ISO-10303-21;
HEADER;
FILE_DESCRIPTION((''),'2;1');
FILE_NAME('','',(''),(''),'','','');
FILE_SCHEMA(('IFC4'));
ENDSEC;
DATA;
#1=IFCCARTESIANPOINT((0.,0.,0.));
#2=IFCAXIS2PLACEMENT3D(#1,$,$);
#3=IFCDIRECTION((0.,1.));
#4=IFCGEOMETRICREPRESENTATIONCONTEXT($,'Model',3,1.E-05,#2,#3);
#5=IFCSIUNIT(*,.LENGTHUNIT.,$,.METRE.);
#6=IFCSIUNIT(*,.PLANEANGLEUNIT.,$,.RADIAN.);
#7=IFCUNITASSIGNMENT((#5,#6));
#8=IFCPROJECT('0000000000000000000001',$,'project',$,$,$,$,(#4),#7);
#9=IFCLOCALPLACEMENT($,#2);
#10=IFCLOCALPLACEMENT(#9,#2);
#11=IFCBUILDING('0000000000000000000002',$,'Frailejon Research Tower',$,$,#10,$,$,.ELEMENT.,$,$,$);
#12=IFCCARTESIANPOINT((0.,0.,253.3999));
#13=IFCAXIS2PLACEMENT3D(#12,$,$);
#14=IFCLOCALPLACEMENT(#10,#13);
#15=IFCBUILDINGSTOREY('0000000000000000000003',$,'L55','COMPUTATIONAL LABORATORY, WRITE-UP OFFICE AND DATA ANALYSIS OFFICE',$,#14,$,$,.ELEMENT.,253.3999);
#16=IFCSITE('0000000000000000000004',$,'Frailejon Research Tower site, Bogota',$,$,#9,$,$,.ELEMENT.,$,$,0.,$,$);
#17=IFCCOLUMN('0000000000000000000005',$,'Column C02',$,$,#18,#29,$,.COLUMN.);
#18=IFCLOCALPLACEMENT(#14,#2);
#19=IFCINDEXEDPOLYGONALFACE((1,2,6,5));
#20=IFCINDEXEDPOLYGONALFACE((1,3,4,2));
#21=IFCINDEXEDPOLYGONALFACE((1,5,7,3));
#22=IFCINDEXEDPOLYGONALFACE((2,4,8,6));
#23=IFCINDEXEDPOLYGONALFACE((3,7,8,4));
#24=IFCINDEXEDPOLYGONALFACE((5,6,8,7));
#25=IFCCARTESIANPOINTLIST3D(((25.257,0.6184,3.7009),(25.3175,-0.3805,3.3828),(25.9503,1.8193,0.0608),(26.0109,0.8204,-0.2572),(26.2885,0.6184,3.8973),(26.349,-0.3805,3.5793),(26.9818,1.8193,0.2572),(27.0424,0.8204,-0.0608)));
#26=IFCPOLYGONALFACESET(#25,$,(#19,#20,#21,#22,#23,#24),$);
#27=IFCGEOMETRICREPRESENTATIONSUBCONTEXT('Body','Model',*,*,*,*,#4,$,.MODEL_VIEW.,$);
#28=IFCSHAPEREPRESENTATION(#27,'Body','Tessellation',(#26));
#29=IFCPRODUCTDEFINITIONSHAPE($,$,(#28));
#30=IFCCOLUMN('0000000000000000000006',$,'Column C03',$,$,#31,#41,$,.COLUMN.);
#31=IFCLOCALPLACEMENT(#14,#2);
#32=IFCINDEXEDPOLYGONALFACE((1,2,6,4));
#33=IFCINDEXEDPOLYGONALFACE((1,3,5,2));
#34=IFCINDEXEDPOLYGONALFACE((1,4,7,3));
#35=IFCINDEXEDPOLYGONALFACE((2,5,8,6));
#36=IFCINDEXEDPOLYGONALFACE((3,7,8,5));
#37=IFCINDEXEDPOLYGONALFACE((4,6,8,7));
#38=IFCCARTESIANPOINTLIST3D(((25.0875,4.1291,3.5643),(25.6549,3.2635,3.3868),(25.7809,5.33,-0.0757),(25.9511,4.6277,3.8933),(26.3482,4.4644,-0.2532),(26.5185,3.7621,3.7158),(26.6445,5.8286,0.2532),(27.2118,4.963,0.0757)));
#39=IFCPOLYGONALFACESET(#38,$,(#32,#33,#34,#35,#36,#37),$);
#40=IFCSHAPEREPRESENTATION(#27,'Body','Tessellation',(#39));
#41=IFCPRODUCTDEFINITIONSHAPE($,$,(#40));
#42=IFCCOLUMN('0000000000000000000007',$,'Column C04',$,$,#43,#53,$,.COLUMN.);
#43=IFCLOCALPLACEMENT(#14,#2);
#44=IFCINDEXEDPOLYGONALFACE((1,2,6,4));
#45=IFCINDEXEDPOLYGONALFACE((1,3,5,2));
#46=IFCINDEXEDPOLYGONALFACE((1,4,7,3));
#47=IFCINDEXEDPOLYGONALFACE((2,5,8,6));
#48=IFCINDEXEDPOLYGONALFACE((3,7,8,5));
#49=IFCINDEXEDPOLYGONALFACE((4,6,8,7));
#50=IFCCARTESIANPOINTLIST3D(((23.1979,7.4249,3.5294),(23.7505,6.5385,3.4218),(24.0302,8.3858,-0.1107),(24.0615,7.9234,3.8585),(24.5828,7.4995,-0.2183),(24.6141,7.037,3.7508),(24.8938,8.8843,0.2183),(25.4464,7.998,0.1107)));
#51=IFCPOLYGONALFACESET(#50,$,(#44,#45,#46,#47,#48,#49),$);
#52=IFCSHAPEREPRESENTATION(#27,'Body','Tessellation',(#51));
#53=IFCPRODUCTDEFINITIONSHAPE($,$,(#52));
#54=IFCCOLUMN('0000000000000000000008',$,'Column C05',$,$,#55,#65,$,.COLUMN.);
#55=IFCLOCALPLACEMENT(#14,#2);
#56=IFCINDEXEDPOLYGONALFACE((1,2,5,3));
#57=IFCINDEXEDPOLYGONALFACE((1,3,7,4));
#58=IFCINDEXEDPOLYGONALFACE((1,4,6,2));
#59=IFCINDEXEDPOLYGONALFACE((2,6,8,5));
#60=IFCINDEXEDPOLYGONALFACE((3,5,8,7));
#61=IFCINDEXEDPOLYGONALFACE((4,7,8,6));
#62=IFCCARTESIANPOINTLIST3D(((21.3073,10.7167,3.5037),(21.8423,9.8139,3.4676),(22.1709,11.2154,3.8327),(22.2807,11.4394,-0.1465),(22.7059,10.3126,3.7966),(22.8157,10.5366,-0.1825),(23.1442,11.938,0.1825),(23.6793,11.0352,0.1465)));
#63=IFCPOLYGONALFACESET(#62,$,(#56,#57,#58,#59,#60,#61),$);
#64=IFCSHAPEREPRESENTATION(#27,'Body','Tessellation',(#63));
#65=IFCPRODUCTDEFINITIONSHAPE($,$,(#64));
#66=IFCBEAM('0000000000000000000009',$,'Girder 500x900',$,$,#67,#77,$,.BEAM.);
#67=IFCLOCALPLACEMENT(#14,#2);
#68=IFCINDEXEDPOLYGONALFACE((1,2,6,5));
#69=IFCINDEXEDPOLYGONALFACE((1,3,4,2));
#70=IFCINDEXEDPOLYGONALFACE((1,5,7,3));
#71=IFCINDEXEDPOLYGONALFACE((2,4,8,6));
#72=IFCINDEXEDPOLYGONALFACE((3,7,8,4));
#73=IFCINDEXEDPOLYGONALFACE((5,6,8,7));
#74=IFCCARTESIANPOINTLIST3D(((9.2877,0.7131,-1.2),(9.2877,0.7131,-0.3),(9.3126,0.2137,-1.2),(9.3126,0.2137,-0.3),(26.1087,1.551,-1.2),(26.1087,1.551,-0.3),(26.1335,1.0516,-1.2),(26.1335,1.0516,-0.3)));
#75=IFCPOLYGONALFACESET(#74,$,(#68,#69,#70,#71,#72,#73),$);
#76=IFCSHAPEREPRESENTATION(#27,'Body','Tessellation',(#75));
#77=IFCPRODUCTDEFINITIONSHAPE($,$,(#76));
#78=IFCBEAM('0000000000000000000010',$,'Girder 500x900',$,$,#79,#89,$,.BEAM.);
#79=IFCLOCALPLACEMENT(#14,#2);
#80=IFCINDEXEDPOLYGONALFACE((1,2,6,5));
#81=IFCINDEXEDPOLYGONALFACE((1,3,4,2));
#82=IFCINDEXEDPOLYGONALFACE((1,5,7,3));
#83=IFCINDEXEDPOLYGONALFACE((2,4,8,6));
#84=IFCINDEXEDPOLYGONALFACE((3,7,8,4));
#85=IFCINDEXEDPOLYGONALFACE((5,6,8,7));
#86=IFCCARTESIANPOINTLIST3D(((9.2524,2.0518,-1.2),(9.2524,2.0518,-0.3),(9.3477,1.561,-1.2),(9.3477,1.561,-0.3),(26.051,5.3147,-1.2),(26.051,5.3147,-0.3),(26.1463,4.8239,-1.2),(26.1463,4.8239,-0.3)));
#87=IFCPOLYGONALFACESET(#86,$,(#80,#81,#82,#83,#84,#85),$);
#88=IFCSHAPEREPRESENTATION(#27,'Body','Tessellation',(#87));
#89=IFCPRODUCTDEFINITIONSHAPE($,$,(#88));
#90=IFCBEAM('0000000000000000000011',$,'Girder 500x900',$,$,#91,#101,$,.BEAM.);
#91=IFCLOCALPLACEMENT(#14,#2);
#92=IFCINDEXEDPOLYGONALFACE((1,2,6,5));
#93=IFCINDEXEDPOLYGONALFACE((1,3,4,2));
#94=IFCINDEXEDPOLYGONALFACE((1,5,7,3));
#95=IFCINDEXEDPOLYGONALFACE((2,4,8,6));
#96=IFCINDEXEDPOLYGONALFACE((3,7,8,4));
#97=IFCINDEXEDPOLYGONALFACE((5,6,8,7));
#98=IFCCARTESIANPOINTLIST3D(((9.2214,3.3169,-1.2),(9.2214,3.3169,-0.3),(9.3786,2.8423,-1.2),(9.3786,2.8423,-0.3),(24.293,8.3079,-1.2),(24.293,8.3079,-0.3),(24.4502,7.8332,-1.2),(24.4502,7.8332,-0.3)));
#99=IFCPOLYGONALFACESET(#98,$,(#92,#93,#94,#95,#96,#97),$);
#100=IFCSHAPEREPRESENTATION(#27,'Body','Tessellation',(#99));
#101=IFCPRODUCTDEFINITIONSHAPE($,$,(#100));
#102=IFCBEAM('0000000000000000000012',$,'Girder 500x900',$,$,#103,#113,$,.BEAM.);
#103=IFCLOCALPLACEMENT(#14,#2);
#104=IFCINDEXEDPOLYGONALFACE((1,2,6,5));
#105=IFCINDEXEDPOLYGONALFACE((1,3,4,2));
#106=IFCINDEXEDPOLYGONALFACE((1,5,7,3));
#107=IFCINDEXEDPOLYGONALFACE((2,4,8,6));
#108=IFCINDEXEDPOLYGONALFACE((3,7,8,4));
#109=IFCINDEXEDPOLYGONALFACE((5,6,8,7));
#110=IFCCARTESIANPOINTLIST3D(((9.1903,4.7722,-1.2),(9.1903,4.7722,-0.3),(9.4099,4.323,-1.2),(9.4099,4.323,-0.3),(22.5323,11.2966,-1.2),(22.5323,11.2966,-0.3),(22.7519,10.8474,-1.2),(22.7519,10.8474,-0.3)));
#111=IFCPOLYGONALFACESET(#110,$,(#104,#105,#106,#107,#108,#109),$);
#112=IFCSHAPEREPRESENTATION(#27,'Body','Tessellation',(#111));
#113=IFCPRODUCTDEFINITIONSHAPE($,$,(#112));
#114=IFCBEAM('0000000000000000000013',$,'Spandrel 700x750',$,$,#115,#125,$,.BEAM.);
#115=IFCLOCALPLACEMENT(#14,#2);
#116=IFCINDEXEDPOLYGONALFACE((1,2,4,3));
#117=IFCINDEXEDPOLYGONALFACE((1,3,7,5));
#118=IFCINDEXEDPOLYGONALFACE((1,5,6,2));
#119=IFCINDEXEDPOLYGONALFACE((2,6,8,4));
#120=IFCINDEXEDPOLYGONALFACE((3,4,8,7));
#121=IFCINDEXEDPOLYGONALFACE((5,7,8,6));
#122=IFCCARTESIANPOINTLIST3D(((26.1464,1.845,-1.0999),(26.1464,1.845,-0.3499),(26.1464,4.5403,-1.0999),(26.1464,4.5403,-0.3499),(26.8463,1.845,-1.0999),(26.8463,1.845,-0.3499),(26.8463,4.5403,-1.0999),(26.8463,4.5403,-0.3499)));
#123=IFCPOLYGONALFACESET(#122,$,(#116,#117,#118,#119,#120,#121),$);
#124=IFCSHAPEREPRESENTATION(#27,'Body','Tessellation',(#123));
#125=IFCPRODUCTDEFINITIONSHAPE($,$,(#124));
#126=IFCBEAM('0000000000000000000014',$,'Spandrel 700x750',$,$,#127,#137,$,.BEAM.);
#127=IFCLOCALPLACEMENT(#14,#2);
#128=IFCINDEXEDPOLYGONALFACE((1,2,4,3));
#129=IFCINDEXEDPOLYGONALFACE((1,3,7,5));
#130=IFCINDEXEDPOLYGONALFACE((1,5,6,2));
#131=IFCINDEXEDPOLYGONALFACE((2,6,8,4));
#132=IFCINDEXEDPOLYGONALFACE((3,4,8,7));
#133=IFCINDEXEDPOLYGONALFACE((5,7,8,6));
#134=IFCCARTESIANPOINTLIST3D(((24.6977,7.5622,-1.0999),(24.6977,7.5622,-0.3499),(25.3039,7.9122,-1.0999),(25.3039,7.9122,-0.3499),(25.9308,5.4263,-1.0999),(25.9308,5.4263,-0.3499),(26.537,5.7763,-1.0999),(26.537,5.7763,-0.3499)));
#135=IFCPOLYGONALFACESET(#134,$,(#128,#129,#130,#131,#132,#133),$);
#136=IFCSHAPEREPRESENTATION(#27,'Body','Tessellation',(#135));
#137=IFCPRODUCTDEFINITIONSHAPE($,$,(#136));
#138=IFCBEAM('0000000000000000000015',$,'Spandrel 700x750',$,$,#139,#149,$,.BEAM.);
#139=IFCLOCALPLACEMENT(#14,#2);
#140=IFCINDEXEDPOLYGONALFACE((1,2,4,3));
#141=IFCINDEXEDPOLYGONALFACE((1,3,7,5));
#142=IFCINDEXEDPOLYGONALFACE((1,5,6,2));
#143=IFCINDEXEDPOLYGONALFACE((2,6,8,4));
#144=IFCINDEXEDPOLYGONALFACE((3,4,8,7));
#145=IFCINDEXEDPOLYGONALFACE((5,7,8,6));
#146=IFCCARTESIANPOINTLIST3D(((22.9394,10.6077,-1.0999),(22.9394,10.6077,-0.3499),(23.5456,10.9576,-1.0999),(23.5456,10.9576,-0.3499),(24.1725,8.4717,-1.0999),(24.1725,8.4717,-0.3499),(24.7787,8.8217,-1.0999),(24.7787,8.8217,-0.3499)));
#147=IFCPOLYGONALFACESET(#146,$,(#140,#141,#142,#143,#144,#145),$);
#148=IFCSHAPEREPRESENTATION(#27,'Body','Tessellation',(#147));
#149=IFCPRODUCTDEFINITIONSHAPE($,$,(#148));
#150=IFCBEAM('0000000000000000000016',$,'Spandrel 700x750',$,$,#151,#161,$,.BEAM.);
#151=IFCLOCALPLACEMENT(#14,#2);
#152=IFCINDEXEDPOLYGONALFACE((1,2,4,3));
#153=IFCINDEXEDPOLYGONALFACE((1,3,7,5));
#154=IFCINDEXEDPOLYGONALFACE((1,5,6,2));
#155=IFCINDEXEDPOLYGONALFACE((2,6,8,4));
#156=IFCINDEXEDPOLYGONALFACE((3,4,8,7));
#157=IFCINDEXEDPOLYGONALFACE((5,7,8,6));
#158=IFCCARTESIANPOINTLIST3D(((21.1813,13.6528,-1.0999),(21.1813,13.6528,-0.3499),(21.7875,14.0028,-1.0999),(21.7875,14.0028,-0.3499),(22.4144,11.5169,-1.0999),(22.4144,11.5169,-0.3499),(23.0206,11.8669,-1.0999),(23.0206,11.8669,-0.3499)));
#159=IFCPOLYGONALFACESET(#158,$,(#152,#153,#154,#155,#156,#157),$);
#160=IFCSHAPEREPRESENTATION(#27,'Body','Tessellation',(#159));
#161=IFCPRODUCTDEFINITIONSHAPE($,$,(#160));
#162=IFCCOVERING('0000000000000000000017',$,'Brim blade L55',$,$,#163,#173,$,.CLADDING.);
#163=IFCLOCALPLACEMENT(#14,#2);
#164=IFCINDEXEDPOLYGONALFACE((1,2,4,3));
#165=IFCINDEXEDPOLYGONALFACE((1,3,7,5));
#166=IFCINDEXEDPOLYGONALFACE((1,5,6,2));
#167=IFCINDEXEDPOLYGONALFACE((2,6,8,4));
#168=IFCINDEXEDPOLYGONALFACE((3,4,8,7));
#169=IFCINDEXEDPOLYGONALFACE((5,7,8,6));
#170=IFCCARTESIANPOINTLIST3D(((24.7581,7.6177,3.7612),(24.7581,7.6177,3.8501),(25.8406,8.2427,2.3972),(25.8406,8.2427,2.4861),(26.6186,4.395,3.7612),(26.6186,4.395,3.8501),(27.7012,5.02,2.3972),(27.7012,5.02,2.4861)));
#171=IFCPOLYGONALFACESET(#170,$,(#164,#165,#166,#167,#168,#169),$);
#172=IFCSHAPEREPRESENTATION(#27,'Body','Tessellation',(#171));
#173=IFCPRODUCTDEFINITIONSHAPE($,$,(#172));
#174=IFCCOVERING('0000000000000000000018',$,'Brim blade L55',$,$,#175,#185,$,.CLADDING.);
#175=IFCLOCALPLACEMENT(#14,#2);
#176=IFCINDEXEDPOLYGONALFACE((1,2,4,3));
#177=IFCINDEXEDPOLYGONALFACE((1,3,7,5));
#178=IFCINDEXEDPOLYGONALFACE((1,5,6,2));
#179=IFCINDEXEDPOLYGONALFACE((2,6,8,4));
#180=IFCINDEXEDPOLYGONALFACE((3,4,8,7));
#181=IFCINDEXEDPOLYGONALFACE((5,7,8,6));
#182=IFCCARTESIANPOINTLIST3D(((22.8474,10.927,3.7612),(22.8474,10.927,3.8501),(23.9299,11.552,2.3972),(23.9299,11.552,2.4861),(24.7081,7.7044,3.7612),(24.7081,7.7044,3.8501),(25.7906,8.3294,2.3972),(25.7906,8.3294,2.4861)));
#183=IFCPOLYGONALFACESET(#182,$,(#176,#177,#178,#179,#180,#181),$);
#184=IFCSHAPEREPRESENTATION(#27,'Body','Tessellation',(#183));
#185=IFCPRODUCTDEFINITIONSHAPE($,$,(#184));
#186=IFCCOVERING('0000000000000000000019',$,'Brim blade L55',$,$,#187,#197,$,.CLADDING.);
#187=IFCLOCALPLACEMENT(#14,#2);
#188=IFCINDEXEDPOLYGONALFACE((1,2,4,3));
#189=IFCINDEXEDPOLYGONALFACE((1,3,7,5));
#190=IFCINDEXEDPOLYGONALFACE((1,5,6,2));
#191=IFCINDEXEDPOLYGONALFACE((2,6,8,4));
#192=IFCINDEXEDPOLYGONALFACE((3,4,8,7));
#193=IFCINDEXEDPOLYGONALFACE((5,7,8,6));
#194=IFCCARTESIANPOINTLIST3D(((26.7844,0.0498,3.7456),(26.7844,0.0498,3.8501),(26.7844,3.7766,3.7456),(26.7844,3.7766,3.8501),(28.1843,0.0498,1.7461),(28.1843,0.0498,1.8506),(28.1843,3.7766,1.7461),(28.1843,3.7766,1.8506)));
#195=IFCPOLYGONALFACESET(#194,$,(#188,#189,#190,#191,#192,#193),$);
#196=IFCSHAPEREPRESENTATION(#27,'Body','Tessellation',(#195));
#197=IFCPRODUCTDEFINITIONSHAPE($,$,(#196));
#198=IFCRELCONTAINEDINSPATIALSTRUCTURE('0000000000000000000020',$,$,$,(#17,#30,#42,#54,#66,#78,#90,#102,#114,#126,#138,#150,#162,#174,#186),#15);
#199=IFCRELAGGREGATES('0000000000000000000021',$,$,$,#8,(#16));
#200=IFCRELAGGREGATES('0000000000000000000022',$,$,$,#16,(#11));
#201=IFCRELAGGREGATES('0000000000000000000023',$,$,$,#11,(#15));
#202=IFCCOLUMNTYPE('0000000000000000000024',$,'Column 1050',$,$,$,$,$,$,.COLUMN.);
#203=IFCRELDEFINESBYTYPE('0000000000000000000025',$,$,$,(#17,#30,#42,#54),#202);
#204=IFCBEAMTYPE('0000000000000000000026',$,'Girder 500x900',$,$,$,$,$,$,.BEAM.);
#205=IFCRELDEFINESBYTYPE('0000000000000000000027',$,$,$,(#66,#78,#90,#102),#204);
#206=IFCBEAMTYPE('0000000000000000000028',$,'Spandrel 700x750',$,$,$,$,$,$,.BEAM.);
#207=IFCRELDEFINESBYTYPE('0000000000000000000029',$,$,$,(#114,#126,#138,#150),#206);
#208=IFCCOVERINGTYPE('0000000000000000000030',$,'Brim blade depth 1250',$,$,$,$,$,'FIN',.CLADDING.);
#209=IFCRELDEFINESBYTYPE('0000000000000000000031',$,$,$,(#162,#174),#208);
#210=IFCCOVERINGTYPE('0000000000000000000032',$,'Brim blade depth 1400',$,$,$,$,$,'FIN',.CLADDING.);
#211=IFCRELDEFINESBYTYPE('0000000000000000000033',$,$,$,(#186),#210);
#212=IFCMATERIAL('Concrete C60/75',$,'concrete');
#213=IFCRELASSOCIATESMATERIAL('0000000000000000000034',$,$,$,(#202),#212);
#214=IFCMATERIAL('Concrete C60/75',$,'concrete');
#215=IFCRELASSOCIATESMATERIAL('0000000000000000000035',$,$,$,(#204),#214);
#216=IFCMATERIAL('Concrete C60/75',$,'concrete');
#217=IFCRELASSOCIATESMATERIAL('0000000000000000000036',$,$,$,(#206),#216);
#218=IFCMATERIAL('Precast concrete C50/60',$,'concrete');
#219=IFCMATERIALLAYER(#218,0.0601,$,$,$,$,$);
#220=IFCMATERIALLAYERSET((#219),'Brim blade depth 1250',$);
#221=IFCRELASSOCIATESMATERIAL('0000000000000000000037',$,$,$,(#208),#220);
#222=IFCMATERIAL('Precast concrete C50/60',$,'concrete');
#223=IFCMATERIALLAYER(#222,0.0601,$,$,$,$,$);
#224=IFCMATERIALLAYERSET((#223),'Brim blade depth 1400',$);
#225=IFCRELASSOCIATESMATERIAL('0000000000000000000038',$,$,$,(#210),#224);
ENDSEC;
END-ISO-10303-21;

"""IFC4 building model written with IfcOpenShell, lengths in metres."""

from ifc_helpers import new_model, si_unit, direction, frame, origin, origin_2d, place, context, subcontext, project, spatial, polyline, rectangle, outline, extrude, material, layer, layer_set, material_profile, profile_set, type_object, element, save


model = new_model("IFC4")

# Units and contexts
model_context = context("Model", 3, precision=1e-05, world=origin(), true_north=direction((0.0, 1.0)))
body_context = subcontext(model_context, "Body", "Model", "MODEL_VIEW")
ifc_project = project(units=[si_unit("LENGTHUNIT", "METRE"), si_unit("PLANEANGLEUNIT", "RADIAN")], contexts=[model_context])

# Site, building, storey
site_placement = place(None, origin())
site = spatial("IfcSite", under=ifc_project, at=site_placement, Name="Frailejon Research Tower site, Bogota", CompositionType="ELEMENT", RefElevation=0.0)
building_placement = place(site_placement, origin())
building = spatial("IfcBuilding", under=site, at=building_placement, Name="Frailejon Research Tower", CompositionType="ELEMENT")
storey_placement = place(building_placement, frame((0.0, 0.0, 253.3999)))
storey = spatial("IfcBuildingStorey", under=building, at=storey_placement, Name="L55", Description="COMPUTATIONAL LABORATORY, WRITE-UP OFFICE AND DATA ANALYSIS OFFICE", CompositionType="ELEMENT", Elevation=253.3999)

# Columns
ifc_material_1 = material(Name="Concrete C60/75", Category="concrete")
ifc_material_profile_1 = material_profile(ifc_material_1, rectangle(XDim=1.05, YDim=1.05, at=origin_2d()), Name="Column 1050")
ifc_profile_set_1 = profile_set([ifc_material_profile_1], Name="Concrete C60/75")
column_type = type_object("IfcColumnType", Name="Column 1050", PredefinedType="COLUMN", material=ifc_profile_set_1)
for number, where, z_axis, x_axis, name in (
    (1, (26.4963, 1.3198, 0.0), (-0.177998, -0.3083, 0.934488), (-0.057669, 0.951289, 0.302858), "Column C02"),
    (2, (26.4963, 5.1465, 0.0), (-0.177998, -0.3083, 0.934488), (-0.540297, 0.82432, 0.16904), "Column C03"),
):
    element("IfcColumn", number, at=place(storey_placement, frame(where, z_axis=z_axis, x_axis=x_axis)), inside=storey, type_object=column_type, Name=name, PredefinedType="COLUMN", context=body_context, shape_type="SweptSolid", body=[
        extrude(rectangle(XDim=1.05, YDim=1.05, at=origin_2d()), origin(), (0.0, 0.0, 1.0), 3.8953),
    ])
column_1_placement = place(storey_placement, frame((24.7383, 8.1919, 0.0), z_axis=(-0.215854, -0.249223, 0.944084), x_axis=(-0.526276, 0.844113, 0.102505)))
element("IfcColumn", 3, at=column_1_placement, inside=storey, type_object=column_type, Name="Column C04", PredefinedType="COLUMN", context=body_context, shape_type="SweptSolid", body=[
    extrude(rectangle(XDim=1.05, YDim=1.05, at=origin_2d()), origin(), (0.0, 0.0, 1.0), 3.8557),
])
column_2_placement = place(storey_placement, frame((22.98, 11.2373, 0.0), z_axis=(-0.253078, -0.187888, 0.949026), x_axis=(-0.509529, 0.859768, 0.03434)))
element("IfcColumn", 4, at=column_2_placement, inside=storey, type_object=column_type, Name="Column C05", PredefinedType="COLUMN", context=body_context, shape_type="SweptSolid", body=[
    extrude(rectangle(XDim=1.05, YDim=1.05, at=origin_2d()), origin(), (0.0, 0.0, 1.0), 3.8462),
])

# Beams
ifc_material_2 = material(Name="Concrete C60/75", Category="concrete")
ifc_material_profile_2 = material_profile(ifc_material_2, rectangle(XDim=0.5, YDim=0.8999, at=origin_2d()), Name="Girder 500x900")
ifc_profile_set_2 = profile_set([ifc_material_profile_2], Name="Concrete C60/75")
beam_type_1 = type_object("IfcBeamType", Name="Girder 500x900", PredefinedType="BEAM", material=ifc_profile_set_2)
beam_1_placement = place(storey_placement, frame((26.1211, 1.3013, -0.75), z_axis=(-0.998762, -0.04975, 0.0), x_axis=(0.04975, -0.998762, 0.0)))
element("IfcBeam", 5, at=beam_1_placement, inside=storey, type_object=beam_type_1, Name="Girder 500x900", PredefinedType="BEAM", context=body_context, shape_type="SweptSolid", body=[
    extrude(rectangle(XDim=0.5, YDim=0.8999, at=origin_2d()), origin(), (0.0, 0.0, 1.0), 16.8418),
])
beam_2_placement = place(storey_placement, frame((26.0986, 5.0693, -0.75), z_axis=(-0.981653, -0.190675, 0.0), x_axis=(0.190675, -0.981653, 0.0)))
element("IfcBeam", 6, at=beam_2_placement, inside=storey, type_object=beam_type_1, Name="Girder 500x900", PredefinedType="BEAM", context=body_context, shape_type="SweptSolid", body=[
    extrude(rectangle(XDim=0.5, YDim=0.8999, at=origin_2d()), origin(), (0.0, 0.0, 1.0), 17.1125),
])
beam_3_placement = place(storey_placement, frame((24.3716, 8.0706, -0.75), z_axis=(-0.949303, -0.314363, 0.0), x_axis=(0.314363, -0.949303, 0.0)))
element("IfcBeam", 7, at=beam_3_placement, inside=storey, type_object=beam_type_1, Name="Girder 500x900", PredefinedType="BEAM", context=body_context, shape_type="SweptSolid", body=[
    extrude(rectangle(XDim=0.5, YDim=0.8999, at=origin_2d()), origin(), (0.0, 0.0, 1.0), 15.8765),
])
beam_4_placement = place(storey_placement, frame((22.6421, 11.072, -0.75), z_axis=(-0.898341, -0.439299, 0.0), x_axis=(0.439299, -0.898341, 0.0)))
element("IfcBeam", 8, at=beam_4_placement, inside=storey, type_object=beam_type_1, Name="Girder 500x900", PredefinedType="BEAM", context=body_context, shape_type="SweptSolid", body=[
    extrude(rectangle(XDim=0.5, YDim=0.8999, at=origin_2d()), origin(), (0.0, 0.0, 1.0), 14.8518),
])
ifc_material_3 = material(Name="Concrete C60/75", Category="concrete")
ifc_material_profile_3 = material_profile(ifc_material_3, rectangle(XDim=0.7, YDim=0.75, at=origin_2d()), Name="Spandrel 700x750")
ifc_profile_set_3 = profile_set([ifc_material_profile_3], Name="Concrete C60/75")
beam_type_2 = type_object("IfcBeamType", Name="Spandrel 700x750", PredefinedType="BEAM", material=ifc_profile_set_3)
beam_5_placement = place(storey_placement, frame((26.4963, 1.845, -0.7249), z_axis=(0.0, 1.0, 0.0), x_axis=(-1.0, 0.0, 0.0)))
element("IfcBeam", 9, at=beam_5_placement, inside=storey, type_object=beam_type_2, Name="Spandrel 700x750", PredefinedType="BEAM", context=body_context, shape_type="SweptSolid", body=[
    extrude(rectangle(XDim=0.7, YDim=0.75, at=origin_2d()), origin(), (0.0, 0.0, 1.0), 2.6953),
])
for number, where, z_axis, x_axis, name in (
    (10, (26.2339, 5.6013, -0.7249), (-0.499982, 0.866036, 0.0), (-0.866036, -0.499982, 0.0), "Spandrel 700x750"),
    (11, (24.4756, 8.6467, -0.7249), (-0.499982, 0.866036, 0.0), (-0.866036, -0.499982, 0.0), "Spandrel 700x750"),
    (12, (22.7175, 11.6919, -0.7249), (-0.499982, 0.866036, 0.0), (-0.866036, -0.499982, 0.0), "Spandrel 700x750"),
):
    element("IfcBeam", number, at=place(storey_placement, frame(where, z_axis=z_axis, x_axis=x_axis)), inside=storey, type_object=beam_type_2, Name=name, PredefinedType="BEAM", context=body_context, shape_type="SweptSolid", body=[
        extrude(rectangle(XDim=0.7, YDim=0.75, at=origin_2d()), origin(), (0.0, 0.0, 1.0), 2.4663),
    ])

# Coverings
ifc_material_4 = material(Name="Precast concrete C50/60", Category="concrete")
ifc_layer_1 = layer(ifc_material_4, 0.0601)
ifc_layer_set_1 = layer_set([ifc_layer_1], Name="Brim blade depth 1250")
covering_type_1 = type_object("IfcCoveringType", Name="Brim blade depth 1250", ElementType="FIN", PredefinedType="CLADDING", material=ifc_layer_set_1)
for number, where, z_axis, x_axis, name in (
    (13, (24.7581, 7.6177, 3.8501), (0.499995, -0.866028, 0.0), (0.866028, 0.499995, 0.0), "Brim blade L55"),
    (14, (22.8474, 10.927, 3.8501), (0.500015, -0.866017, 0.0), (0.866017, 0.500015, 0.0), "Brim blade L55"),
):
    element("IfcCovering", number, at=place(storey_placement, frame(where, z_axis=z_axis, x_axis=x_axis)), inside=storey, type_object=covering_type_1, Name=name, PredefinedType="CLADDING", context=body_context, shape_type="SweptSolid", body=[
        extrude(outline(polyline([(0.0, -0.0889), (1.25, -1.4529), (1.25, -1.364), (0.0, 0.0), (0.0, -0.0889)])), origin(), (0.0, 0.0, 1.0), 3.7212),
    ])
ifc_material_5 = material(Name="Precast concrete C50/60", Category="concrete")
ifc_layer_2 = layer(ifc_material_5, 0.0601)
ifc_layer_set_2 = layer_set([ifc_layer_2], Name="Brim blade depth 1400")
covering_type_2 = type_object("IfcCoveringType", Name="Brim blade depth 1400", ElementType="FIN", PredefinedType="CLADDING", material=ifc_layer_set_2)
covering_placement = place(storey_placement, frame((26.7844, 3.7766, 3.8501), z_axis=(0.0, -1.0, 0.0), x_axis=(1.0, 0.0, 0.0)))
element("IfcCovering", 15, at=covering_placement, inside=storey, type_object=covering_type_2, Name="Brim blade L55", PredefinedType="CLADDING", context=body_context, shape_type="SweptSolid", body=[
    extrude(outline(polyline([(0.0, -0.1045), (1.3999, -2.104), (1.3999, -1.9995), (0.0, 0.0), (0.0, -0.1045)])), origin(), (0.0, 0.0, 1.0), 3.7268),
])

save(model, "model.ifc")
